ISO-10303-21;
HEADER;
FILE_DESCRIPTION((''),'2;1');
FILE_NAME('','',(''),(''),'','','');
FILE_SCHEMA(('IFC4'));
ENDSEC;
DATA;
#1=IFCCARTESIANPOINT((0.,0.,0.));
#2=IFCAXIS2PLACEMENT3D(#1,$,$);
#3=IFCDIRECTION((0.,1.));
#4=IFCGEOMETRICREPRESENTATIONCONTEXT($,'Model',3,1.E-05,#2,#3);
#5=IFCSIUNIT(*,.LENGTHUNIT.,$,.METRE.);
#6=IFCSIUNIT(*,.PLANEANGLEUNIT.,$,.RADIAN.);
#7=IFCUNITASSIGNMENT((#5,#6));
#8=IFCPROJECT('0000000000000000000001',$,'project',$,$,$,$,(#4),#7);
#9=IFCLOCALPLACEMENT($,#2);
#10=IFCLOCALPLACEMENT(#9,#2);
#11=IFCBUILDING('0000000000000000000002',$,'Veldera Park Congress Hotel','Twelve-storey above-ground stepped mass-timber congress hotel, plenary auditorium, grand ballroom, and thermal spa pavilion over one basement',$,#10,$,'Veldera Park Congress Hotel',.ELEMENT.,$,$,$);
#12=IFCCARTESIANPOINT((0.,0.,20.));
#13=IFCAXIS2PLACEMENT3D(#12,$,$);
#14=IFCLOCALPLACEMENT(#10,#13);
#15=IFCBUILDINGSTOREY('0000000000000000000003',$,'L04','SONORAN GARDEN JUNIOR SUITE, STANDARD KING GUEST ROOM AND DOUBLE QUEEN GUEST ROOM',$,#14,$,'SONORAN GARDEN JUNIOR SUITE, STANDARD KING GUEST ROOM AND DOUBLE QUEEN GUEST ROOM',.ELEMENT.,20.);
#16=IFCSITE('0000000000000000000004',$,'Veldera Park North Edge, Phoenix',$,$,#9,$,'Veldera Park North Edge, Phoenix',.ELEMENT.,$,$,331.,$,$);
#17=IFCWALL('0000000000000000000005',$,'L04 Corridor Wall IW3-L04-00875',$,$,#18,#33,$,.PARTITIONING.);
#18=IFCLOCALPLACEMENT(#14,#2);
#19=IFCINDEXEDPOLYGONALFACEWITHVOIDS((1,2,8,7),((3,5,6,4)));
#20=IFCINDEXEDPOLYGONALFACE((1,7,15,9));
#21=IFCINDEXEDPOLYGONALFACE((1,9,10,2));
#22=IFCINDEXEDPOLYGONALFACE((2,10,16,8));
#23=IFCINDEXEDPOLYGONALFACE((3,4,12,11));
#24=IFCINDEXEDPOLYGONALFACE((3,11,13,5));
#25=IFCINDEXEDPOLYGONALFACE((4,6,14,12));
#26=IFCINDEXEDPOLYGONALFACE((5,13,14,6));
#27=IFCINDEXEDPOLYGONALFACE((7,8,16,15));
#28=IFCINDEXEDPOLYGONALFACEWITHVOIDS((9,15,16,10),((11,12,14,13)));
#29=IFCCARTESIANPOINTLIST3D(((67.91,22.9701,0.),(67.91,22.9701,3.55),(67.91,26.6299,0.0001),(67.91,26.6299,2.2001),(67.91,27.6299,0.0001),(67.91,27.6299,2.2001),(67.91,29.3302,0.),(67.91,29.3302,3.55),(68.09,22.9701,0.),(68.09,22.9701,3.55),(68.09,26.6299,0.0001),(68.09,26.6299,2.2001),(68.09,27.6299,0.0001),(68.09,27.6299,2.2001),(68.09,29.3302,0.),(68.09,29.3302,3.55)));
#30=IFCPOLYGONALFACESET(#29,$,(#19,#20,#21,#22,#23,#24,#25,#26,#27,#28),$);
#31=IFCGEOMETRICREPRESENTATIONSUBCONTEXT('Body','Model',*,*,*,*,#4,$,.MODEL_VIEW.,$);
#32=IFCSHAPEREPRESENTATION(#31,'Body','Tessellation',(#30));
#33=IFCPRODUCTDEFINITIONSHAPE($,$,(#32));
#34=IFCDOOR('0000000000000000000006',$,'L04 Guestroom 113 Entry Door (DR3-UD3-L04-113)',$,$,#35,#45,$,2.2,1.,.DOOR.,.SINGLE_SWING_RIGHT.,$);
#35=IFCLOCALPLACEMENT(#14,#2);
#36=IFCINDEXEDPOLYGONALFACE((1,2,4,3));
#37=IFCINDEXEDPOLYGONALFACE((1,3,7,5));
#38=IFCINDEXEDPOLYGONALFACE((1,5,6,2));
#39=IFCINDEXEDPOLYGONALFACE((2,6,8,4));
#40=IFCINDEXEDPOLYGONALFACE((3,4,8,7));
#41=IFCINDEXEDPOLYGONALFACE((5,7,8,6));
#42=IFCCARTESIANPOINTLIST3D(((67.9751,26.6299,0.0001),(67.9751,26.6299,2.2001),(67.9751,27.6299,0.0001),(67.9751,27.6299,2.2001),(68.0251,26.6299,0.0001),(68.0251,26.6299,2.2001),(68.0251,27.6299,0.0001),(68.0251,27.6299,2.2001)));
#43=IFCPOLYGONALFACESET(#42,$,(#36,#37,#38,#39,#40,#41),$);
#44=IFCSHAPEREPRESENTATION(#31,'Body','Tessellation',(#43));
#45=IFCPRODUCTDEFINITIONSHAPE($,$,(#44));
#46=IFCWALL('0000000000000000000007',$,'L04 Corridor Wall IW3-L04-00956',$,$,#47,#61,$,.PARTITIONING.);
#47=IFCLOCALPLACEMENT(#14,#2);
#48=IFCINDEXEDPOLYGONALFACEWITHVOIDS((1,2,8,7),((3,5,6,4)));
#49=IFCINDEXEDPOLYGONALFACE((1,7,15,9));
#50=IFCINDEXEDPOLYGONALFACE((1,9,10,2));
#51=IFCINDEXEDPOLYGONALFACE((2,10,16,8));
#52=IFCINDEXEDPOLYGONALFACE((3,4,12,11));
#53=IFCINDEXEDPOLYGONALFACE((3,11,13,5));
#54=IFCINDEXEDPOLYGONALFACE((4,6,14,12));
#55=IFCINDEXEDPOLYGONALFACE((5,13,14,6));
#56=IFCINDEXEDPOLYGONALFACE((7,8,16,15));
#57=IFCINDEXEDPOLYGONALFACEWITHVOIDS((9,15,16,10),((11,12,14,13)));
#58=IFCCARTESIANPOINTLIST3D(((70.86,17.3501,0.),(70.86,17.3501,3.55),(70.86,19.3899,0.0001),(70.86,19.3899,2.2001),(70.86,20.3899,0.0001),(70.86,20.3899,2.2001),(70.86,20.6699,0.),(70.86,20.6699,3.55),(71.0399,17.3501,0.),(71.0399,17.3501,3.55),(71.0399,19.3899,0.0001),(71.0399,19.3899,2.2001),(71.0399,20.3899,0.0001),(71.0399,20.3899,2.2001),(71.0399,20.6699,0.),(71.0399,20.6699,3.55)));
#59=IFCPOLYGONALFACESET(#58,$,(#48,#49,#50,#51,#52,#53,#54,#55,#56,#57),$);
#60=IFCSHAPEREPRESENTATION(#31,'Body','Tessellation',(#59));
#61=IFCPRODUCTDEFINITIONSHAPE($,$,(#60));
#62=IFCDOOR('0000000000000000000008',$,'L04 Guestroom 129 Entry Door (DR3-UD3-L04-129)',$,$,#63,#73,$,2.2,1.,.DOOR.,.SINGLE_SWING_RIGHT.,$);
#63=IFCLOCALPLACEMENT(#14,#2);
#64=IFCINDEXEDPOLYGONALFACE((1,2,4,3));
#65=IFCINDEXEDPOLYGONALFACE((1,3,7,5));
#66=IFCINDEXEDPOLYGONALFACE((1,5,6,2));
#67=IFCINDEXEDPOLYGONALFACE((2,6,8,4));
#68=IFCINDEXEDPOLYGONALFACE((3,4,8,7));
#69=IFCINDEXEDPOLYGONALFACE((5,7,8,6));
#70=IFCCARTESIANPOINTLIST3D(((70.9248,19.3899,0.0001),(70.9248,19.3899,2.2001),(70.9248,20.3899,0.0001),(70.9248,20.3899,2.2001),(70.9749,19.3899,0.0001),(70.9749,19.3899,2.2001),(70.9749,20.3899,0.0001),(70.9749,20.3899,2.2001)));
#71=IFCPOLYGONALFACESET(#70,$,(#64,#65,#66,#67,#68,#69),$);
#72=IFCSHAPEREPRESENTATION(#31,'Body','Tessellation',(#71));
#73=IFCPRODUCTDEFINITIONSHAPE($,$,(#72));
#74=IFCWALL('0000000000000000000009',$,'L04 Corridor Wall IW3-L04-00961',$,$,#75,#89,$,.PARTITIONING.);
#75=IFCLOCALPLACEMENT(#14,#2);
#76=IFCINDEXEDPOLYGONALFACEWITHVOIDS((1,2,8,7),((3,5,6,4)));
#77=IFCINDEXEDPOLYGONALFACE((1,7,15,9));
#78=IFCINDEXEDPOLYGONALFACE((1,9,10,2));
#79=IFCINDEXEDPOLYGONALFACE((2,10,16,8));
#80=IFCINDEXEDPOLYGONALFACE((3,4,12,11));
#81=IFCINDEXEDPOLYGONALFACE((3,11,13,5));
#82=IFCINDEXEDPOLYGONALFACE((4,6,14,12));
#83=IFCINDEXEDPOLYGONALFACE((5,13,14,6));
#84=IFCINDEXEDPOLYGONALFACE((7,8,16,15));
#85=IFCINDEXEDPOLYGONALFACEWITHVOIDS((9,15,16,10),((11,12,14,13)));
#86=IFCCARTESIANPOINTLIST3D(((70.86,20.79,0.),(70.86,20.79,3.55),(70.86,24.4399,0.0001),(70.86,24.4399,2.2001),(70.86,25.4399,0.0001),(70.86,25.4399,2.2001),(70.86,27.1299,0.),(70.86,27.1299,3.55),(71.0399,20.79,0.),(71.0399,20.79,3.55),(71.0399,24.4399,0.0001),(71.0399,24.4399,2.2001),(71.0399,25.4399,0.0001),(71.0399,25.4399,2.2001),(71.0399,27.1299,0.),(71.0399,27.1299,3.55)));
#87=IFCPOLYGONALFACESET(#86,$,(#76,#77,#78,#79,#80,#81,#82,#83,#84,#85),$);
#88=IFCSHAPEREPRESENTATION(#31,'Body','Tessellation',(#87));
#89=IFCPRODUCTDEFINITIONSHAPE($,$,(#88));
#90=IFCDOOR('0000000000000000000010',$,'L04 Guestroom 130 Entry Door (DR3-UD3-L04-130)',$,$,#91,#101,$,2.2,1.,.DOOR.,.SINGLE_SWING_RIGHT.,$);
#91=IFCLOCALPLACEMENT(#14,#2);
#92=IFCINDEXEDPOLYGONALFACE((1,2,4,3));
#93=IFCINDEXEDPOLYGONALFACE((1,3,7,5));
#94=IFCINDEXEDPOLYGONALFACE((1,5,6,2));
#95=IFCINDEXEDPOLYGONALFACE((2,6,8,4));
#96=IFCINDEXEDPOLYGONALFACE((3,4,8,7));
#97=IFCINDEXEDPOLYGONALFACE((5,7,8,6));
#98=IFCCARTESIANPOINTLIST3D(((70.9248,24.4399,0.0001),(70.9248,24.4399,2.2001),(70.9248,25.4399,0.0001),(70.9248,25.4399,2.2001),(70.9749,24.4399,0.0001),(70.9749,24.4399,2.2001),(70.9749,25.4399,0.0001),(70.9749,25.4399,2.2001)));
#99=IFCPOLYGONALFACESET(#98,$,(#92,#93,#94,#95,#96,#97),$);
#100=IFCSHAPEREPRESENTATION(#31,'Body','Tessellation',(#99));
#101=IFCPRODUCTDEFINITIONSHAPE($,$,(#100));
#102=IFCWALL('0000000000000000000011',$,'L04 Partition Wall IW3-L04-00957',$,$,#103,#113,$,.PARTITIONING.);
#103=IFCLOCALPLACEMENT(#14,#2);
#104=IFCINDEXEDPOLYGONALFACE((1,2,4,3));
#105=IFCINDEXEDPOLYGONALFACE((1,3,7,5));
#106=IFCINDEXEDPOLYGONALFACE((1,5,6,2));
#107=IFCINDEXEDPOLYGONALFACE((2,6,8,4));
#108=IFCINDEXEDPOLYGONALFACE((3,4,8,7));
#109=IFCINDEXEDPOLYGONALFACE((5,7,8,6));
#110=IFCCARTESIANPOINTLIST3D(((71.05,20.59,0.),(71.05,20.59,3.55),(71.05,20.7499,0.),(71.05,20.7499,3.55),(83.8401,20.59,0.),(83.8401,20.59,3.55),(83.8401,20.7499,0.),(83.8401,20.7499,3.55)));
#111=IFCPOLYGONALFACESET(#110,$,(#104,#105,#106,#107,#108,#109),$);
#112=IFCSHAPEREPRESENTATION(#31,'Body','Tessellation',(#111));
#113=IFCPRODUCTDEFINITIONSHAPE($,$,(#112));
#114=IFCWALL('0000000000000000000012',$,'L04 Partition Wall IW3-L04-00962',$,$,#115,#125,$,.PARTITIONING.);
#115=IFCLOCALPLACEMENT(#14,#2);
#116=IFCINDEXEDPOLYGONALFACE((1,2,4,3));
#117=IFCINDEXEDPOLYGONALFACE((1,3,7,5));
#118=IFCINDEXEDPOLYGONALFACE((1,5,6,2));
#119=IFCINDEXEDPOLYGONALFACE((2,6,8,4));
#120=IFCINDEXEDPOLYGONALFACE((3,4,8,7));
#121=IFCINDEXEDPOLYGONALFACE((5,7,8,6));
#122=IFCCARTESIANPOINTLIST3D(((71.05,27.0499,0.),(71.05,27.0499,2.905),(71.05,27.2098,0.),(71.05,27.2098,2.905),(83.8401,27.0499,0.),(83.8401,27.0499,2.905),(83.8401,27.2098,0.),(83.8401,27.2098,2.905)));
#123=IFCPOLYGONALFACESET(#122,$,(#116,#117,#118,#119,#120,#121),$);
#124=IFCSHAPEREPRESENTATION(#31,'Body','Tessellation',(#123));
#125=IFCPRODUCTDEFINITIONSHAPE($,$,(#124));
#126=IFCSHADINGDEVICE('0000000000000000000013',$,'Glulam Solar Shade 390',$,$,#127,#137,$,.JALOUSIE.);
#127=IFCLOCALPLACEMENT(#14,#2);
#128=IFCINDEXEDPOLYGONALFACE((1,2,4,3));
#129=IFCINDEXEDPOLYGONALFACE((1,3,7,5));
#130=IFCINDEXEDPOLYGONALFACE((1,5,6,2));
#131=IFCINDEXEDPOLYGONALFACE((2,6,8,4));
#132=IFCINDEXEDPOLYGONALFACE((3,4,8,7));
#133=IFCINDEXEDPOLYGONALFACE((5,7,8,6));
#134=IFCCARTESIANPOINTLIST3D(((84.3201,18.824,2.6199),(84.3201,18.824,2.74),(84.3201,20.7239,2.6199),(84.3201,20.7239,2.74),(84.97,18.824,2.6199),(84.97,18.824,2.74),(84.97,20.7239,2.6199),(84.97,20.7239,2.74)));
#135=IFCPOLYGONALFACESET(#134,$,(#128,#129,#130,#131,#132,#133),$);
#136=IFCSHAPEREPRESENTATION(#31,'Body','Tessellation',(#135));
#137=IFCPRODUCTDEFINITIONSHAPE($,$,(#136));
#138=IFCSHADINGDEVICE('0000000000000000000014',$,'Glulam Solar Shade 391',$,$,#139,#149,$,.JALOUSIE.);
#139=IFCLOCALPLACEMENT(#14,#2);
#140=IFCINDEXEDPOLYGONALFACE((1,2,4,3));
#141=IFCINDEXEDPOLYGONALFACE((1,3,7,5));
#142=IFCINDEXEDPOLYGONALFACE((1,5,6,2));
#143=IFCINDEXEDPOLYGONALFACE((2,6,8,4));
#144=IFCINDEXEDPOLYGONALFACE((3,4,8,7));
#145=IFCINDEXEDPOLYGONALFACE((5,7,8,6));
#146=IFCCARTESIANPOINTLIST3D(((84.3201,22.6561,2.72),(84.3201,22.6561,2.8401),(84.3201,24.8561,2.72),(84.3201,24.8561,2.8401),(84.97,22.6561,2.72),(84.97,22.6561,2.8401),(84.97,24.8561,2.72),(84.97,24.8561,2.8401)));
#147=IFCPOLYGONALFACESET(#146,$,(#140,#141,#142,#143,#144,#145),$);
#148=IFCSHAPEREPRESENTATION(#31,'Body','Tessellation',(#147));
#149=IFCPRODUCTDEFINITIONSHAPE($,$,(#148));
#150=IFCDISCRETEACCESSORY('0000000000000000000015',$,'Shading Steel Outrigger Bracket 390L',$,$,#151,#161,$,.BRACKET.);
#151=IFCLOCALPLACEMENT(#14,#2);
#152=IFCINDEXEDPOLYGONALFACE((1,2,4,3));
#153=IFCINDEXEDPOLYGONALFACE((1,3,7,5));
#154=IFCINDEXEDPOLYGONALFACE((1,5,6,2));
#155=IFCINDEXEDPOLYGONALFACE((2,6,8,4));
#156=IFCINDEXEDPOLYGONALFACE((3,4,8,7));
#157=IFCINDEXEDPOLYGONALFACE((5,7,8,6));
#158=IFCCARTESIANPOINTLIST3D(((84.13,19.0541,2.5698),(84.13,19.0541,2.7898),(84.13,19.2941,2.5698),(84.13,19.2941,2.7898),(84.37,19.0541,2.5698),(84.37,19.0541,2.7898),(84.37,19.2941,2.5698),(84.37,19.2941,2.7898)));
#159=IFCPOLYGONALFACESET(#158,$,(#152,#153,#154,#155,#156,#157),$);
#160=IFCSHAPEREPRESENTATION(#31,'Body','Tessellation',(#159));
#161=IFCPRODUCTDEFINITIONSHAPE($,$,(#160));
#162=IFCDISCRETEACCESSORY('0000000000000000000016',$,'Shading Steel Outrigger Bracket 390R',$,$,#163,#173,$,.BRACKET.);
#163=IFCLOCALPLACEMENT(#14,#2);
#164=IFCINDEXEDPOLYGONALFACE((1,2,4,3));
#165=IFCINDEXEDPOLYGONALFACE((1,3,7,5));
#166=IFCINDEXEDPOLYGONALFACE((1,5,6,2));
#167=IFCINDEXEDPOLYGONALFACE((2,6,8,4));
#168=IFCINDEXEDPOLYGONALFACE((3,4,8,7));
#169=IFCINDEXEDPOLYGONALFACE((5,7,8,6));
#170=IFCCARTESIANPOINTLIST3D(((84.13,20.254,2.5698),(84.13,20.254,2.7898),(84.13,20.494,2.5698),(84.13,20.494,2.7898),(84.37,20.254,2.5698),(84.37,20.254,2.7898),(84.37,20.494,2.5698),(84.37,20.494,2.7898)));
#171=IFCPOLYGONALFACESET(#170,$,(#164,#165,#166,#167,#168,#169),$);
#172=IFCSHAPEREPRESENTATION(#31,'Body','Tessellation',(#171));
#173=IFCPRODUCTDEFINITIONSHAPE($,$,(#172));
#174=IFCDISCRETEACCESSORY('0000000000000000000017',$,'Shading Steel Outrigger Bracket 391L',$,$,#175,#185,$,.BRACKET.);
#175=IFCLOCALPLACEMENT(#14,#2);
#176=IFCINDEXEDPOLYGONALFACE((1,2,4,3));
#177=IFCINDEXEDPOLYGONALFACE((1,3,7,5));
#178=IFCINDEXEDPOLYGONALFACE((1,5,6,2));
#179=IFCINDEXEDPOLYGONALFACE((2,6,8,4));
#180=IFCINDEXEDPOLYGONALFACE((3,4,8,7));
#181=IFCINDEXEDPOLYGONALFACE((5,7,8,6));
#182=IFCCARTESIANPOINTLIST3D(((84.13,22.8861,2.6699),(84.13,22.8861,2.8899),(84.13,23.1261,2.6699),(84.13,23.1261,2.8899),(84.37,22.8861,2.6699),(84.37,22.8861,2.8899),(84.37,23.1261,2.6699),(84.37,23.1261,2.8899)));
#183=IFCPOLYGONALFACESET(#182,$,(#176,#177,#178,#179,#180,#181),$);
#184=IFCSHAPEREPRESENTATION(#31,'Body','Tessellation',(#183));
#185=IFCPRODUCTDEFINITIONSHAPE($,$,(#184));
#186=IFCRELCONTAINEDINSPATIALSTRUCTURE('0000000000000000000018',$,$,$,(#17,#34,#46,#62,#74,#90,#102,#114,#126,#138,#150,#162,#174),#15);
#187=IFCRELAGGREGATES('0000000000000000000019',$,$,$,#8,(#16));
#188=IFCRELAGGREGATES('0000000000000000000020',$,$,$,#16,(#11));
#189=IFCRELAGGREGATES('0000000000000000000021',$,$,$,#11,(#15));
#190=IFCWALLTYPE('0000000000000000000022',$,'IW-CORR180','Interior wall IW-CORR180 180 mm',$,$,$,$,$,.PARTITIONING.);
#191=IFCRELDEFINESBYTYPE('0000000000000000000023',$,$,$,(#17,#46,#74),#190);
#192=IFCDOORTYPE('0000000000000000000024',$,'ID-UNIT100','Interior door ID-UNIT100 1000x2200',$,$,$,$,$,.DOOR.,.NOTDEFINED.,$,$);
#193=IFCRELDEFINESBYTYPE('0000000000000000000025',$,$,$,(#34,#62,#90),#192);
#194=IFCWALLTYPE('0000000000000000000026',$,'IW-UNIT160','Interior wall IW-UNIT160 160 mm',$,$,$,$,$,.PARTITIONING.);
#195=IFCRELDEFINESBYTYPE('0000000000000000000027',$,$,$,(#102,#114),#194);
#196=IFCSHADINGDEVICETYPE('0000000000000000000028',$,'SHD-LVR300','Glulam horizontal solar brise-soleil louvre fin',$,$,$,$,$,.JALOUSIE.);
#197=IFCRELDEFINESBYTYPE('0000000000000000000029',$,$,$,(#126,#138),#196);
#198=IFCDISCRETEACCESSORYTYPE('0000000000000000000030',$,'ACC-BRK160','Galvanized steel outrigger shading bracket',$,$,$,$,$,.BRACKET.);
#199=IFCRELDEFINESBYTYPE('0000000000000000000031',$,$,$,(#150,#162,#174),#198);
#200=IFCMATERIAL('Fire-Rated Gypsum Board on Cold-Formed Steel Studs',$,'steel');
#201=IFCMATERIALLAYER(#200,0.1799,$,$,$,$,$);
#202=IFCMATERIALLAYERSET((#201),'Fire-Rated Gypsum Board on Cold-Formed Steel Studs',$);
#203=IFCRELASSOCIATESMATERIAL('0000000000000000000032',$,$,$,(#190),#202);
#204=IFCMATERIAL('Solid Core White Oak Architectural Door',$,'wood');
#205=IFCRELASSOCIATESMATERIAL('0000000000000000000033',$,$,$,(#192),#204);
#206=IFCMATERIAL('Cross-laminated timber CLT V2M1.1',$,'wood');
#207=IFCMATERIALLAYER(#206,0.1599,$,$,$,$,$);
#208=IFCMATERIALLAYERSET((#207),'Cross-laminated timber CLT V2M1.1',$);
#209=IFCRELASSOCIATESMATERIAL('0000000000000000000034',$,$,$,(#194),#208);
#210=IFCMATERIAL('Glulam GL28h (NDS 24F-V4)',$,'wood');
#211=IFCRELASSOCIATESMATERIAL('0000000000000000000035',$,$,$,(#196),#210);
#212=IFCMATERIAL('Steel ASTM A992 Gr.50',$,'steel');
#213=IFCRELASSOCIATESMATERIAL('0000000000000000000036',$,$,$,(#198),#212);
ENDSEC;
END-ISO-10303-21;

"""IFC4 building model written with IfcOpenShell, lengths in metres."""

from ifc_helpers import new_model, si_unit, direction, frame, frame_2d, origin, origin_2d, place, context, subcontext, project, spatial, rectangle, extrude, material, layer, layer_set, type_object, element, fill, save


model = new_model("IFC4")

# Units and contexts
model_context = context("Model", 3, precision=1e-05, world=origin(), true_north=direction((0.0, 1.0)))
body_context = subcontext(model_context, "Body", "Model", "MODEL_VIEW")
ifc_project = project(units=[si_unit("LENGTHUNIT", "METRE"), si_unit("PLANEANGLEUNIT", "RADIAN")], contexts=[model_context])

# Site, building, storey
site_placement = place(None, origin())
site = spatial("IfcSite", under=ifc_project, at=site_placement, Name="Veldera Park North Edge, Phoenix", LongName="Veldera Park North Edge, Phoenix", CompositionType="ELEMENT", RefElevation=331.0)
building_placement = place(site_placement, origin())
building = spatial("IfcBuilding", under=site, at=building_placement, Name="Veldera Park Congress Hotel", Description="Twelve-storey above-ground stepped mass-timber congress hotel, plenary auditorium, grand ballroom, and thermal spa pavilion over one basement", LongName="Veldera Park Congress Hotel", CompositionType="ELEMENT")
storey_placement = place(building_placement, frame((0.0, 0.0, 20.0)))
storey = spatial("IfcBuildingStorey", under=building, at=storey_placement, Name="L04", Description="SONORAN GARDEN JUNIOR SUITE, STANDARD KING GUEST ROOM AND DOUBLE QUEEN GUEST ROOM", LongName="SONORAN GARDEN JUNIOR SUITE, STANDARD KING GUEST ROOM AND DOUBLE QUEEN GUEST ROOM", CompositionType="ELEMENT", Elevation=20.0)

# Shared definitions
ifc_material_1 = material(Name="Glulam GL28h (NDS 24F-V4)", Category="wood")

# Shared definitions
ifc_material_2 = material(Name="Cross-laminated timber CLT V2M1.1", Category="wood")

# Shared definitions
ifc_material_3 = material(Name="Fire-Rated Gypsum Board on Cold-Formed Steel Studs", Category="steel")
ifc_material_4 = material(Name="Solid Core White Oak Architectural Door", Category="wood")

# Walls, openings, doors
ifc_layer_1 = layer(ifc_material_3, 0.1799)
ifc_layer_set_1 = layer_set([ifc_layer_1], Name="Fire-Rated Gypsum Board on Cold-Formed Steel Studs")
wall_type_1 = type_object("IfcWallType", Name="IW-CORR180", Description="Interior wall IW-CORR180 180 mm", PredefinedType="PARTITIONING", material=ifc_layer_set_1)
door_type_1 = type_object("IfcDoorType", Name="ID-UNIT100", Description="Interior door ID-UNIT100 1000x2200", OperationType="NOTDEFINED", PredefinedType="DOOR", material=ifc_material_4)
wall_1_placement = place(storey_placement, frame((68.0, 22.97, 0.0), z_axis=(0.0, 0.0, 1.0), x_axis=(0.0, 1.0, 0.0)))
wall_1 = element("IfcWall", 1, at=wall_1_placement, inside=storey, type_object=wall_type_1, Name="L04 Corridor Wall IW3-L04-00875", PredefinedType="PARTITIONING", context=body_context, shape_type="SweptSolid", body=[
    extrude(rectangle(XDim=6.3601, YDim=0.1799, at=frame_2d((3.1802, 0.0))), origin(), (0.0, 0.0, 1.0), 3.55),
])
opening_1_placement = place(wall_1_placement, frame((3.6599, 0.0, 0.0)))
opening_1 = element("IfcOpeningElement", 2, at=opening_1_placement, cuts=wall_1, PredefinedType="OPENING", context=body_context, shape_type="SweptSolid", body=[
    extrude(rectangle(XDim=1.0, YDim=2.2, at=frame_2d((0.5, 1.1001))), frame((0.0, 0.1021, 0.0), z_axis=(0.0, -1.0, 0.0), x_axis=(1.0, 0.0, 0.0)), (0.0, 0.0, 1.0), 0.2039),
])
door_1_placement = place(opening_1_placement, origin())
door_1 = element("IfcDoor", 3, at=door_1_placement, inside=storey, type_object=door_type_1, Name="L04 Guestroom 113 Entry Door (DR3-UD3-L04-113)", OperationType="SINGLE_SWING_RIGHT", OverallHeight=2.2, OverallWidth=1.0, PredefinedType="DOOR", context=body_context, shape_type="SweptSolid", body=[
    extrude(rectangle(XDim=1.0, YDim=2.2, at=frame_2d((0.5, 1.1001))), frame((0.0, 0.0249, 0.0), z_axis=(0.0, -1.0, 0.0), x_axis=(1.0, 0.0, 0.0)), (0.0, 0.0, 1.0), 0.05),
])
fill(opening_1, door_1)
wall_2_placement = place(storey_placement, frame((70.95, 20.6699, 0.0), z_axis=(0.0, 0.0, 1.0), x_axis=(0.0, -1.0, 0.0)))
wall_2 = element("IfcWall", 4, at=wall_2_placement, inside=storey, type_object=wall_type_1, Name="L04 Corridor Wall IW3-L04-00956", PredefinedType="PARTITIONING", context=body_context, shape_type="SweptSolid", body=[
    extrude(rectangle(XDim=3.3198, YDim=0.1799, at=frame_2d((1.6599, 0.0))), origin(), (0.0, 0.0, 1.0), 3.55),
])
opening_2_placement = place(wall_2_placement, frame((0.28, 0.0, 0.0)))
opening_2 = element("IfcOpeningElement", 5, at=opening_2_placement, cuts=wall_2, PredefinedType="OPENING", context=body_context, shape_type="SweptSolid", body=[
    extrude(rectangle(XDim=1.0, YDim=2.2, at=frame_2d((0.5, 1.1001))), frame((0.0, 0.1021, 0.0), z_axis=(0.0, -1.0, 0.0), x_axis=(1.0, 0.0, 0.0)), (0.0, 0.0, 1.0), 0.2039),
])
door_2_placement = place(opening_2_placement, origin())
door_2 = element("IfcDoor", 6, at=door_2_placement, inside=storey, type_object=door_type_1, Name="L04 Guestroom 129 Entry Door (DR3-UD3-L04-129)", OperationType="SINGLE_SWING_RIGHT", OverallHeight=2.2, OverallWidth=1.0, PredefinedType="DOOR", context=body_context, shape_type="SweptSolid", body=[
    extrude(rectangle(XDim=1.0, YDim=2.2, at=frame_2d((0.5, 1.1001))), frame((0.0, 0.0249, 0.0), z_axis=(0.0, -1.0, 0.0), x_axis=(1.0, 0.0, 0.0)), (0.0, 0.0, 1.0), 0.05),
])
fill(opening_2, door_2)
wall_3_placement = place(storey_placement, frame((70.95, 27.1299, 0.0), z_axis=(0.0, 0.0, 1.0), x_axis=(0.0, -1.0, 0.0)))
wall_3 = element("IfcWall", 7, at=wall_3_placement, inside=storey, type_object=wall_type_1, Name="L04 Corridor Wall IW3-L04-00961", PredefinedType="PARTITIONING", context=body_context, shape_type="SweptSolid", body=[
    extrude(rectangle(XDim=6.3398, YDim=0.1799, at=frame_2d((3.1699, 0.0))), origin(), (0.0, 0.0, 1.0), 3.55),
])
opening_3_placement = place(wall_3_placement, frame((1.6899, 0.0, 0.0)))
opening_3 = element("IfcOpeningElement", 8, at=opening_3_placement, cuts=wall_3, PredefinedType="OPENING", context=body_context, shape_type="SweptSolid", body=[
    extrude(rectangle(XDim=1.0, YDim=2.2, at=frame_2d((0.5, 1.1001))), frame((0.0, 0.1021, 0.0), z_axis=(0.0, -1.0, 0.0), x_axis=(1.0, 0.0, 0.0)), (0.0, 0.0, 1.0), 0.2039),
])
door_3_placement = place(opening_3_placement, origin())
door_3 = element("IfcDoor", 9, at=door_3_placement, inside=storey, type_object=door_type_1, Name="L04 Guestroom 130 Entry Door (DR3-UD3-L04-130)", OperationType="SINGLE_SWING_RIGHT", OverallHeight=2.2, OverallWidth=1.0, PredefinedType="DOOR", context=body_context, shape_type="SweptSolid", body=[
    extrude(rectangle(XDim=1.0, YDim=2.2, at=frame_2d((0.5, 1.1001))), frame((0.0, 0.0249, 0.0), z_axis=(0.0, -1.0, 0.0), x_axis=(1.0, 0.0, 0.0)), (0.0, 0.0, 1.0), 0.05),
])
fill(opening_3, door_3)

# Walls
ifc_layer_2 = layer(ifc_material_2, 0.1599)
ifc_layer_set_2 = layer_set([ifc_layer_2], Name="Cross-laminated timber CLT V2M1.1")
wall_type_2 = type_object("IfcWallType", Name="IW-UNIT160", Description="Interior wall IW-UNIT160 160 mm", PredefinedType="PARTITIONING", material=ifc_layer_set_2)
wall_4_placement = place(storey_placement, frame((71.05, 20.6699, 0.0), z_axis=(0.0, 0.0, 1.0), x_axis=(1.0, 0.0, 0.0)))
element("IfcWall", 10, at=wall_4_placement, inside=storey, type_object=wall_type_2, Name="L04 Partition Wall IW3-L04-00957", PredefinedType="PARTITIONING", context=body_context, shape_type="SweptSolid", body=[
    extrude(rectangle(XDim=12.79, YDim=0.1599, at=frame_2d((6.395, 0.0))), origin(), (0.0, 0.0, 1.0), 3.55),
])
wall_5_placement = place(storey_placement, frame((71.05, 27.1299, 0.0), z_axis=(0.0, 0.0, 1.0), x_axis=(1.0, 0.0, 0.0)))
element("IfcWall", 11, at=wall_5_placement, inside=storey, type_object=wall_type_2, Name="L04 Partition Wall IW3-L04-00962", PredefinedType="PARTITIONING", context=body_context, shape_type="SweptSolid", body=[
    extrude(rectangle(XDim=12.79, YDim=0.1599, at=frame_2d((6.395, 0.0))), origin(), (0.0, 0.0, 1.0), 2.905),
])

# Shading devices
shading_device_type = type_object("IfcShadingDeviceType", Name="SHD-LVR300", Description="Glulam horizontal solar brise-soleil louvre fin", PredefinedType="JALOUSIE", material=ifc_material_1)
shading_device_1_placement = place(storey_placement, frame((84.645, 19.7739, 2.6199), z_axis=(0.0, 0.0, 1.0), x_axis=(0.0, 1.0, 0.0)))
element("IfcShadingDevice", 12, at=shading_device_1_placement, inside=storey, type_object=shading_device_type, Name="Glulam Solar Shade 390", PredefinedType="JALOUSIE", context=body_context, shape_type="SweptSolid", body=[
    extrude(rectangle(XDim=1.8999, YDim=0.6499, at=origin_2d()), origin(), (0.0, 0.0, 1.0), 0.1201),
])
shading_device_2_placement = place(storey_placement, frame((84.645, 23.7561, 2.72), z_axis=(0.0, 0.0, 1.0), x_axis=(0.0, 1.0, 0.0)))
element("IfcShadingDevice", 13, at=shading_device_2_placement, inside=storey, type_object=shading_device_type, Name="Glulam Solar Shade 391", PredefinedType="JALOUSIE", context=body_context, shape_type="SweptSolid", body=[
    extrude(rectangle(XDim=2.2, YDim=0.6499, at=origin_2d()), origin(), (0.0, 0.0, 1.0), 0.1201),
])

# Discrete accessories
ifc_material_5 = material(Name="Steel ASTM A992 Gr.50", Category="steel")
discrete_accessory_type = type_object("IfcDiscreteAccessoryType", Name="ACC-BRK160", Description="Galvanized steel outrigger shading bracket", PredefinedType="BRACKET", material=ifc_material_5)
for number, where, z_axis, x_axis, name in (
    (14, (84.25, 19.1741, 2.5698), (0.0, 0.0, 1.0), (0.0, 1.0, 0.0), "Shading Steel Outrigger Bracket 390L"),
    (15, (84.25, 20.374, 2.5698), (0.0, 0.0, 1.0), (0.0, 1.0, 0.0), "Shading Steel Outrigger Bracket 390R"),
    (16, (84.25, 23.0061, 2.6699), (0.0, 0.0, 1.0), (0.0, 1.0, 0.0), "Shading Steel Outrigger Bracket 391L"),
):
    element("IfcDiscreteAccessory", number, at=place(storey_placement, frame(where, z_axis=z_axis, x_axis=x_axis)), inside=storey, type_object=discrete_accessory_type, Name=name, PredefinedType="BRACKET", context=body_context, shape_type="SweptSolid", body=[
        extrude(rectangle(XDim=0.24, YDim=0.24, at=origin_2d()), origin(), (0.0, 0.0, 1.0), 0.22),
    ])

save(model, "model.ifc")
